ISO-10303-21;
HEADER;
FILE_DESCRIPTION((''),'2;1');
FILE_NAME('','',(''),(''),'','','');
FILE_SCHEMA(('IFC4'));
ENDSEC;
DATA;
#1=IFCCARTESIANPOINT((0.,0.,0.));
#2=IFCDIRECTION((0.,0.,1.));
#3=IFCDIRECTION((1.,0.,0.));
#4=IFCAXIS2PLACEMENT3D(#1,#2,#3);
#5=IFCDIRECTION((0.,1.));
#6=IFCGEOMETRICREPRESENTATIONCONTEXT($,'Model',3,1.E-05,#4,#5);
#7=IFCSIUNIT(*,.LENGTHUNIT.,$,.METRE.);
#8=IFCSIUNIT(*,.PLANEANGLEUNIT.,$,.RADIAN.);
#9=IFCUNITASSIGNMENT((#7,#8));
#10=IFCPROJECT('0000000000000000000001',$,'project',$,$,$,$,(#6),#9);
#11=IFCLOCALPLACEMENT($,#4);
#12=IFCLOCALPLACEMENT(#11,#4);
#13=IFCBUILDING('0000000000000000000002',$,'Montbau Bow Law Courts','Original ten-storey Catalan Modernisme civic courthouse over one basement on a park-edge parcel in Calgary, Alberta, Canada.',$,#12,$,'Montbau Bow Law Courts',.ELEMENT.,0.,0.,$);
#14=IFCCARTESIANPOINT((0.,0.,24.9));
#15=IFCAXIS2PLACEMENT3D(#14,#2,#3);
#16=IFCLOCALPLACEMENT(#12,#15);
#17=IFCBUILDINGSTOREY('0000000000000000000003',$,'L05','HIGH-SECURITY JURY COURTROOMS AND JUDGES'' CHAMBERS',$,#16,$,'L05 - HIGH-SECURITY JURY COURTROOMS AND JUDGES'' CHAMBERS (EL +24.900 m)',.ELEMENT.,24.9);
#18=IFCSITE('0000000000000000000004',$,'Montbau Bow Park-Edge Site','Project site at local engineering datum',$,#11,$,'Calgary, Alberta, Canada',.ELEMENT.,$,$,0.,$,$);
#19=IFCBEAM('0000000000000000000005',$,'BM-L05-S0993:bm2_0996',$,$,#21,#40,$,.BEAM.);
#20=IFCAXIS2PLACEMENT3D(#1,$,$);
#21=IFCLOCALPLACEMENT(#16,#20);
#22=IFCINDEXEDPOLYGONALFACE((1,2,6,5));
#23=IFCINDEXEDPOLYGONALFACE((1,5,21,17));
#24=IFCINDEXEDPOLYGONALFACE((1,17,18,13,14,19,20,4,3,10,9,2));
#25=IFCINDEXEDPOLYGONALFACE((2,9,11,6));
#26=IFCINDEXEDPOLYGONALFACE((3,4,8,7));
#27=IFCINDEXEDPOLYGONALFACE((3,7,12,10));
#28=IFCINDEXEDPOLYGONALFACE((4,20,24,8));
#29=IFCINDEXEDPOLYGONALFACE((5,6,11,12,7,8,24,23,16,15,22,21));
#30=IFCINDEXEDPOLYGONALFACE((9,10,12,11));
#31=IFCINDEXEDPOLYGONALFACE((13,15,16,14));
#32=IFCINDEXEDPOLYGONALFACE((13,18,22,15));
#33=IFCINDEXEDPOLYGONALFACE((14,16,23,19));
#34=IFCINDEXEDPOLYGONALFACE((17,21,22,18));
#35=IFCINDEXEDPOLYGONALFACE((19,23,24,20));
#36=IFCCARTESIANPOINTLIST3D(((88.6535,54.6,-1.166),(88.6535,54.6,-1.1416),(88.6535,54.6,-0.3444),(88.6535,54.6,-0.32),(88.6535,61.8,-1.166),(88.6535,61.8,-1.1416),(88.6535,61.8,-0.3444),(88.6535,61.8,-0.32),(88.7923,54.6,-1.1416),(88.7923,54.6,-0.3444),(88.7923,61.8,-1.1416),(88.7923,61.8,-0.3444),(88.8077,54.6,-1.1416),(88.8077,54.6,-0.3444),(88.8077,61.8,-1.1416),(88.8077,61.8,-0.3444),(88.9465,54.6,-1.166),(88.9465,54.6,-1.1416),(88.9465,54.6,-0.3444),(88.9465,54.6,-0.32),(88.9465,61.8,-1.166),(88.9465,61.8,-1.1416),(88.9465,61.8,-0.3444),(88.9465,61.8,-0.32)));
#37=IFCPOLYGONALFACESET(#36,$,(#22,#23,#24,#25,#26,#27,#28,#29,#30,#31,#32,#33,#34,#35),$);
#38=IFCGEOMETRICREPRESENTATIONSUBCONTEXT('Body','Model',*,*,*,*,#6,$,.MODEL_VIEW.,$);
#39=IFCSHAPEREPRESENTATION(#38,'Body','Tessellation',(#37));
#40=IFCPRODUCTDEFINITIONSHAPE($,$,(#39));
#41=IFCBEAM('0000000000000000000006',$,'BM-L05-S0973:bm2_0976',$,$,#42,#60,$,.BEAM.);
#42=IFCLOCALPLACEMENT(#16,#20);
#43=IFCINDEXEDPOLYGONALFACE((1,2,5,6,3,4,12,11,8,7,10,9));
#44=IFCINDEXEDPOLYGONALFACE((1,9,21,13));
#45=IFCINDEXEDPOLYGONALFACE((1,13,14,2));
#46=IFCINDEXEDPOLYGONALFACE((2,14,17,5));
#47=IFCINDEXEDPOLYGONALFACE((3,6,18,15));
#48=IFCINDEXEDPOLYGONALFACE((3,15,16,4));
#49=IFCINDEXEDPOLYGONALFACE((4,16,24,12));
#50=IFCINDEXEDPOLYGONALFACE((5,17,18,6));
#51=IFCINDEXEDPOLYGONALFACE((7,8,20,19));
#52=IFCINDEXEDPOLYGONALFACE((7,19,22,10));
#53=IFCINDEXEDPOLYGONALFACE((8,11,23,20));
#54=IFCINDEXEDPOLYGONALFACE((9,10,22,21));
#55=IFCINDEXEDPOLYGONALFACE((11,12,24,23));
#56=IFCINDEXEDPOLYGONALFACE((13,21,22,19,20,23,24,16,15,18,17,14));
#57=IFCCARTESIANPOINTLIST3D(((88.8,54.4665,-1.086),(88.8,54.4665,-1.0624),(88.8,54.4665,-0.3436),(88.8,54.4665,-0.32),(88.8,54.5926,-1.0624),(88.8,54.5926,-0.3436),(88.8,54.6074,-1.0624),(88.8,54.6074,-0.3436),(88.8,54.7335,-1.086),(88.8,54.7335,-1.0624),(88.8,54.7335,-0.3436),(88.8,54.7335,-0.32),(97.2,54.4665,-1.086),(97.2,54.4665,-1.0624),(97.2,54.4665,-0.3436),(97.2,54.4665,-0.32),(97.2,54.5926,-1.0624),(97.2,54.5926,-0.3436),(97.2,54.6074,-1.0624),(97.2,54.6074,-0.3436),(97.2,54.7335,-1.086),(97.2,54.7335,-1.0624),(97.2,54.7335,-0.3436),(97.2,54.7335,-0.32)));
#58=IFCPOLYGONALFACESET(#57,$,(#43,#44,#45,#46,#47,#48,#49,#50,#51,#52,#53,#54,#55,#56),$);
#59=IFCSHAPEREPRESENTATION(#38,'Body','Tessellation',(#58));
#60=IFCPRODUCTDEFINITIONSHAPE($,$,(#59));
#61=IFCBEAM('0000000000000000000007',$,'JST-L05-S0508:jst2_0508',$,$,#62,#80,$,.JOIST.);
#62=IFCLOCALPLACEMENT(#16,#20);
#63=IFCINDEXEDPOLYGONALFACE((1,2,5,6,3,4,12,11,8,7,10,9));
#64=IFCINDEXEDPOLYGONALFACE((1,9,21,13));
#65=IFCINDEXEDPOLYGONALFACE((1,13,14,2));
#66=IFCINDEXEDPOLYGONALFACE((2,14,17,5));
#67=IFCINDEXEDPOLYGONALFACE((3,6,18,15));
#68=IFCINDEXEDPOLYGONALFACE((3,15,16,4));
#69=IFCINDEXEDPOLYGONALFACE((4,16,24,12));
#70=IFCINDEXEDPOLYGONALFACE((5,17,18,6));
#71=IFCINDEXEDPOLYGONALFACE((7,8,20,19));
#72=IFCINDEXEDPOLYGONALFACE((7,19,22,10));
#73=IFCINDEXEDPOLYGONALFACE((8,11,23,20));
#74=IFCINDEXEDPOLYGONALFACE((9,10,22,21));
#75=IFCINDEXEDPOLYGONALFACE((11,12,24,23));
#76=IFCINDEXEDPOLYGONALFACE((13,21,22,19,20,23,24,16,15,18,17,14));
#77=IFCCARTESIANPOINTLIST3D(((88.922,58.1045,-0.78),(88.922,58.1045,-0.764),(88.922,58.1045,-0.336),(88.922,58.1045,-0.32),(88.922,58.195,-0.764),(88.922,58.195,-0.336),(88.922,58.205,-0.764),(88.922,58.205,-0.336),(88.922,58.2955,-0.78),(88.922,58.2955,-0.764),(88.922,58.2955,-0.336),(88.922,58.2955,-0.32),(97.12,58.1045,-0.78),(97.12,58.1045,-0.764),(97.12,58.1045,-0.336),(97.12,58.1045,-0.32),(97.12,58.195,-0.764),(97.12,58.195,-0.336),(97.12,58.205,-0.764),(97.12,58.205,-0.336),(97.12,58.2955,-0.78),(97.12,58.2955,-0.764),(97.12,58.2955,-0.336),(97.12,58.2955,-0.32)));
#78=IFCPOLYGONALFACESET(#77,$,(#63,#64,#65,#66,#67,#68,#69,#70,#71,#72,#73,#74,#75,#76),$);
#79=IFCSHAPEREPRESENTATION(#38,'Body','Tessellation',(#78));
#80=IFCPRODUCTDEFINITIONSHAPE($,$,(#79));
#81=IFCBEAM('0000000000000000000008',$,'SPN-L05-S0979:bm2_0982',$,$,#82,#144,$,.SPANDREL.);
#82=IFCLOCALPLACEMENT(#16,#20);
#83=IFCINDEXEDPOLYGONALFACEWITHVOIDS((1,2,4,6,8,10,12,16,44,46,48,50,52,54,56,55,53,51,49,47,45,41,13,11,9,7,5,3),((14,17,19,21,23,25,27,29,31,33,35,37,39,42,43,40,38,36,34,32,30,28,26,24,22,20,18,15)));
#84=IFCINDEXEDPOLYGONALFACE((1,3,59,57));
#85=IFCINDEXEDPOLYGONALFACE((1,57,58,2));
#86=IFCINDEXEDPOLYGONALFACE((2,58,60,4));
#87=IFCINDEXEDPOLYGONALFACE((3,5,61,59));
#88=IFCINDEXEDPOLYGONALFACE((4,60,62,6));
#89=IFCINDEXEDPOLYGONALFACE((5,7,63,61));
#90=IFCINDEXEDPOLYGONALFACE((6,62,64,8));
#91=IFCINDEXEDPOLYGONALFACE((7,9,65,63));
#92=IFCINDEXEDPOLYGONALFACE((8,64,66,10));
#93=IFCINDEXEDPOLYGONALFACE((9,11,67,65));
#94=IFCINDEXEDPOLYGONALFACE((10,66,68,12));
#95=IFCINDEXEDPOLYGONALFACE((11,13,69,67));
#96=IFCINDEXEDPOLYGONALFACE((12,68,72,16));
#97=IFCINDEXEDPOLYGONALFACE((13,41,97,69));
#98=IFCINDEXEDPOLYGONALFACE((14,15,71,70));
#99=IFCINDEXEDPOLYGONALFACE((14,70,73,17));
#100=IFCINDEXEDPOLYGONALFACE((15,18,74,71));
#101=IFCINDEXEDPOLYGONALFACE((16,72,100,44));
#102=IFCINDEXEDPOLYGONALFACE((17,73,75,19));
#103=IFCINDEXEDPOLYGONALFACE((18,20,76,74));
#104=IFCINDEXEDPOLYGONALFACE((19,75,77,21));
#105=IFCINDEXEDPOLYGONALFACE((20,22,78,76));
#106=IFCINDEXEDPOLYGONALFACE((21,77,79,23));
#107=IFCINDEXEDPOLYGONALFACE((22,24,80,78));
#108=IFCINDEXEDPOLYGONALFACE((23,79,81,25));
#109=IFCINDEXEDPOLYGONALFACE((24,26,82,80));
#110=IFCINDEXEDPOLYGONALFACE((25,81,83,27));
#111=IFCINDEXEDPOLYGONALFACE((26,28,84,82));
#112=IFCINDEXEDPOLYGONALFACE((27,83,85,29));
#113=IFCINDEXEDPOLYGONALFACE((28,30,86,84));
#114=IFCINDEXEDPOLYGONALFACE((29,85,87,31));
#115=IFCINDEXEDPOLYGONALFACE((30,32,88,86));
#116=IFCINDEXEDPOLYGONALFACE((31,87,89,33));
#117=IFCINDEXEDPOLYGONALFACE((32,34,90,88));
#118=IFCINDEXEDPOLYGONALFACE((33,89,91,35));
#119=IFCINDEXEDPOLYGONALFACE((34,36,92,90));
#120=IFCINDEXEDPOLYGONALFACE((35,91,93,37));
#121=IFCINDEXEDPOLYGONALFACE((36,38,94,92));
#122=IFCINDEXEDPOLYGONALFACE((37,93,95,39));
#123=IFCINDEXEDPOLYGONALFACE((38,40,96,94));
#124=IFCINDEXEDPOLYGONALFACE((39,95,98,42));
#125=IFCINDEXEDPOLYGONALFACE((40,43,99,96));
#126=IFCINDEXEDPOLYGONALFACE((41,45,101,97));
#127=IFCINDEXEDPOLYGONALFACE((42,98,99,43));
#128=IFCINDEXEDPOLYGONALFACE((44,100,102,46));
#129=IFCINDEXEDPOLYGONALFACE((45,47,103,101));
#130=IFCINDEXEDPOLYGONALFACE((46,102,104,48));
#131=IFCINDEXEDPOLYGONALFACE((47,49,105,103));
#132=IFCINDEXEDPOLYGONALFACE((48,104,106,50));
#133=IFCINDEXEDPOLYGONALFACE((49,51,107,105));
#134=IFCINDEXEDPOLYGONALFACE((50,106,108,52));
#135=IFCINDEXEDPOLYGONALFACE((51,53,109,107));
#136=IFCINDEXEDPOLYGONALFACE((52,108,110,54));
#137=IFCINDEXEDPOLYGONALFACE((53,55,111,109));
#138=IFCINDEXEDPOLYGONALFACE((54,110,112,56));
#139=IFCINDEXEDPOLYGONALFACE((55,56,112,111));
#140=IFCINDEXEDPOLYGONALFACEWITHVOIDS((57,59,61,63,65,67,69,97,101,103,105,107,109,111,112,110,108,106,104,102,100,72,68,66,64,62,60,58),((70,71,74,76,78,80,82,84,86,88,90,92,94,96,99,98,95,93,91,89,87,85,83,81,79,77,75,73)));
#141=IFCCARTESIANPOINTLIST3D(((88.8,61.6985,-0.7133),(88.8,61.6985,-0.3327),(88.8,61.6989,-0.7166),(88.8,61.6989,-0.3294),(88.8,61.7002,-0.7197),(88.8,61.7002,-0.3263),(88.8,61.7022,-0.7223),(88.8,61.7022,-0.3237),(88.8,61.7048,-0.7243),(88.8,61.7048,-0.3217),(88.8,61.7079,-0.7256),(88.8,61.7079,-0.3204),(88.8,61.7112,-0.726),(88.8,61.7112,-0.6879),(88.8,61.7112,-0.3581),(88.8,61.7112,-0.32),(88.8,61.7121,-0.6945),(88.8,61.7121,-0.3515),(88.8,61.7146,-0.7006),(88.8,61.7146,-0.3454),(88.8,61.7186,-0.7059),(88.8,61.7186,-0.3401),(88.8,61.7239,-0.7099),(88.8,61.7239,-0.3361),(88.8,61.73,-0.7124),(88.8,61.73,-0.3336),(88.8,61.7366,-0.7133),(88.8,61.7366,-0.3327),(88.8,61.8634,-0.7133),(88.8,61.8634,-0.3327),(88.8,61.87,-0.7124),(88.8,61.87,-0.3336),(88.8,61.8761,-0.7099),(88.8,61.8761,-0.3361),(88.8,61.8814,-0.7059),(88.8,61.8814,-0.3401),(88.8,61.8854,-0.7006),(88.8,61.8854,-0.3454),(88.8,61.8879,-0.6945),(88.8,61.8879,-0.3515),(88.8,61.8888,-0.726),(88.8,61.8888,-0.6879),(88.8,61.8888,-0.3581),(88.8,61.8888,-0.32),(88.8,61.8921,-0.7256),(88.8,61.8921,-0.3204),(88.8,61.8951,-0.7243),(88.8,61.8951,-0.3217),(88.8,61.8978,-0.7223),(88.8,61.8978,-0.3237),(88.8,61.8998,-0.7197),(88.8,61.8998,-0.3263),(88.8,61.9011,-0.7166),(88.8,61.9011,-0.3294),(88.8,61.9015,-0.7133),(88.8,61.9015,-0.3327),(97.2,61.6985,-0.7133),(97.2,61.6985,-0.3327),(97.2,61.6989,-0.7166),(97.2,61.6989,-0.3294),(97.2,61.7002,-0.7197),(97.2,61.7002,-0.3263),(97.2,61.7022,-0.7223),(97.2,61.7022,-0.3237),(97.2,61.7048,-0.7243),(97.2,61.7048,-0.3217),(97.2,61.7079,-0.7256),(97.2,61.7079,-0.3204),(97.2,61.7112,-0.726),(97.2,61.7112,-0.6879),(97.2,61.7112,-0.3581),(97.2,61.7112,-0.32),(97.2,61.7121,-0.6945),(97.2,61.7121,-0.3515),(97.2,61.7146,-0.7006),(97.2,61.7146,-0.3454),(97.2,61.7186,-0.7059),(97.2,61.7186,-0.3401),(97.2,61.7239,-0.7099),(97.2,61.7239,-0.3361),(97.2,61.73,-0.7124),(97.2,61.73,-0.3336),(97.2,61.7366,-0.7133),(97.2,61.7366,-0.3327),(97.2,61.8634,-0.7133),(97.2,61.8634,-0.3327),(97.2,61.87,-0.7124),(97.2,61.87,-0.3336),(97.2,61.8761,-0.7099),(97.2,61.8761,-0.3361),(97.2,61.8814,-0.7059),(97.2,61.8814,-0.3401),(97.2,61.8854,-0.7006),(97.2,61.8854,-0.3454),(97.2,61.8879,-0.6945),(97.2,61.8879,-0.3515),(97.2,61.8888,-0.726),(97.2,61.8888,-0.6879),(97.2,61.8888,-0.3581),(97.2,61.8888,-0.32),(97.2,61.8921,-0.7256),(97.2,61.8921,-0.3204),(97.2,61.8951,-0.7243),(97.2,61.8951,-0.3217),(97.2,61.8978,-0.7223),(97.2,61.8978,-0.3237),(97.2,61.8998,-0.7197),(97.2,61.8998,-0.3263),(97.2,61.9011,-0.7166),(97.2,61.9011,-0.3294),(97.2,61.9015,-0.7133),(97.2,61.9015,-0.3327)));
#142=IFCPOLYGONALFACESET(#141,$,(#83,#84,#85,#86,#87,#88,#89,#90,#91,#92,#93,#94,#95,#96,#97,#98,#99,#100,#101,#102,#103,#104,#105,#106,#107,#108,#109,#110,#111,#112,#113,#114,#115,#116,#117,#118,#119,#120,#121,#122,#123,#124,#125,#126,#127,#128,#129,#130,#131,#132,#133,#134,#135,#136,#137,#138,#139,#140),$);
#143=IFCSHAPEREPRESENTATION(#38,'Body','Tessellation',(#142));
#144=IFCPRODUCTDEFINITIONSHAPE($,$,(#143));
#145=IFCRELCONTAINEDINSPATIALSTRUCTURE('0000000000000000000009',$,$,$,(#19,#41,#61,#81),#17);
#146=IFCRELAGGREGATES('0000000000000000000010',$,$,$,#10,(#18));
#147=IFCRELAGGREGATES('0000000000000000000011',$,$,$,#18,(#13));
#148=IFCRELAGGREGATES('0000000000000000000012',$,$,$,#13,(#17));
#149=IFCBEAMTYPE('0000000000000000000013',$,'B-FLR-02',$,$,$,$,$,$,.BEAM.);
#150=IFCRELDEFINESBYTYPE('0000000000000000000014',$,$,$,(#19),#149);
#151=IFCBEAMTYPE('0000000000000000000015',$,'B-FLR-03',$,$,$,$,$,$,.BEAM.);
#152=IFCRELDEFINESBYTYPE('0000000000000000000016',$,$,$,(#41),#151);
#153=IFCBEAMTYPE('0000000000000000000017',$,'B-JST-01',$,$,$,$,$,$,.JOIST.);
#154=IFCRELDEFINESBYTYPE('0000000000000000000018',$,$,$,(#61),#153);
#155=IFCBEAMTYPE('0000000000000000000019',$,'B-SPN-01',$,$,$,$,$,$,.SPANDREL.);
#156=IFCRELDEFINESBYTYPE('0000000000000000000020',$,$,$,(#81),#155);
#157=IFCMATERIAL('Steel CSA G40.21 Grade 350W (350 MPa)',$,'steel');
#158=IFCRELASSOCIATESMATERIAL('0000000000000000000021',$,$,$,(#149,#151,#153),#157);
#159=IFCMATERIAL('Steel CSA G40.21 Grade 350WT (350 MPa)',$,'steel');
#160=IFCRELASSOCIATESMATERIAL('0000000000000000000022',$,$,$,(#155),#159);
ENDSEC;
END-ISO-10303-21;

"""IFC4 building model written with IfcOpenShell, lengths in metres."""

from ifc_helpers import new_model, si_unit, direction, frame, origin_with_axes, origin_2d_with_axis, place, context, subcontext, project, spatial, hollow_rectangle, i_section, extrude, material, material_profile, profile_set, type_object, element, save


model = new_model("IFC4")

# Units and contexts
model_context = context("Model", 3, precision=1e-05, world=origin_with_axes(), true_north=direction((0.0, 1.0)))
body_context = subcontext(model_context, "Body", "Model", "MODEL_VIEW")
ifc_project = project(units=[si_unit("LENGTHUNIT", "METRE"), si_unit("PLANEANGLEUNIT", "RADIAN")], contexts=[model_context])

# Site, building, storey
site_placement = place(None, origin_with_axes())
site = spatial("IfcSite", under=ifc_project, at=site_placement, Name="Montbau Bow Park-Edge Site", Description="Project site at local engineering datum", LongName="Calgary, Alberta, Canada", CompositionType="ELEMENT", RefElevation=0.0)
building_placement = place(site_placement, origin_with_axes())
building = spatial("IfcBuilding", under=site, at=building_placement, Name="Montbau Bow Law Courts", Description="Original ten-storey Catalan Modernisme civic courthouse over one basement on a park-edge parcel in Calgary, Alberta, Canada.", LongName="Montbau Bow Law Courts", CompositionType="ELEMENT", ElevationOfRefHeight=0.0, ElevationOfTerrain=0.0)
storey_placement = place(building_placement, frame((0.0, 0.0, 24.9), z_axis=(0.0, 0.0, 1.0), x_axis=(1.0, 0.0, 0.0)))
storey = spatial("IfcBuildingStorey", under=building, at=storey_placement, Name="L05", Description="HIGH-SECURITY JURY COURTROOMS AND JUDGES' CHAMBERS", LongName="L05 - HIGH-SECURITY JURY COURTROOMS AND JUDGES' CHAMBERS (EL +24.900 m)", CompositionType="ELEMENT", Elevation=24.9)

# Shared definitions
ifc_material_1 = material(Name="Steel CSA G40.21 Grade 350W (350 MPa)", Category="steel")
ifc_material_2 = material(Name="Steel CSA G40.21 Grade 350WT (350 MPa)", Category="steel")

# Beams
ifc_material_profile_1 = material_profile(ifc_material_1, i_section(OverallWidth=0.293, OverallDepth=0.846, WebThickness=0.0154, FlangeThickness=0.0244, at=origin_2d_with_axis()), Name="W840X210", Category="Main", Priority=0)
ifc_profile_set_1 = profile_set([ifc_material_profile_1], Name="Steel CSA G40.21 Grade 350W (350 MPa)")
beam_type_1 = type_object("IfcBeamType", Name="B-FLR-02", PredefinedType="BEAM", material=ifc_profile_set_1)
beam_1_placement = place(None, frame((88.8, 54.6, 24.157), z_axis=(0.0, 1.0, 0.0), x_axis=(-1.0, 0.0, 0.0)))
element("IfcBeam", 1, at=beam_1_placement, inside=storey, type_object=beam_type_1, Name="BM-L05-S0993:bm2_0996", PredefinedType="BEAM", context=body_context, shape_type="SweptSolid", body=[
    extrude(i_section(OverallWidth=0.293, OverallDepth=0.846, WebThickness=0.0154, FlangeThickness=0.0244, at=origin_2d_with_axis()), origin_with_axes(), (0.0, 0.0, 1.0), 7.2),
])
ifc_material_profile_2 = material_profile(ifc_material_1, i_section(OverallWidth=0.267, OverallDepth=0.766, WebThickness=0.0149, FlangeThickness=0.0236, at=origin_2d_with_axis()), Name="W760X185", Category="Main", Priority=0)
ifc_profile_set_2 = profile_set([ifc_material_profile_2], Name="Steel CSA G40.21 Grade 350W (350 MPa)")
beam_type_2 = type_object("IfcBeamType", Name="B-FLR-03", PredefinedType="BEAM", material=ifc_profile_set_2)
beam_2_placement = place(None, frame((88.8, 54.6, 24.197), z_axis=(1.0, 0.0, 0.0), x_axis=(0.0, 1.0, 0.0)))
element("IfcBeam", 2, at=beam_2_placement, inside=storey, type_object=beam_type_2, Name="BM-L05-S0973:bm2_0976", PredefinedType="BEAM", context=body_context, shape_type="SweptSolid", body=[
    extrude(i_section(OverallWidth=0.267, OverallDepth=0.766, WebThickness=0.0149, FlangeThickness=0.0236, at=origin_2d_with_axis()), origin_with_axes(), (0.0, 0.0, 1.0), 8.4),
])
ifc_material_profile_3 = material_profile(ifc_material_1, i_section(OverallWidth=0.191, OverallDepth=0.46, WebThickness=0.0099, FlangeThickness=0.016, at=origin_2d_with_axis()), Name="W460X82", Category="Main", Priority=0)
ifc_profile_set_3 = profile_set([ifc_material_profile_3], Name="Steel CSA G40.21 Grade 350W (350 MPa)")
beam_type_3 = type_object("IfcBeamType", Name="B-JST-01", PredefinedType="JOIST", material=ifc_profile_set_3)
beam_3_placement = place(None, frame((88.922, 58.2, 24.35), z_axis=(1.0, 0.0, 0.0), x_axis=(0.0, 1.0, 0.0)))
element("IfcBeam", 3, at=beam_3_placement, inside=storey, type_object=beam_type_3, Name="JST-L05-S0508:jst2_0508", PredefinedType="JOIST", context=body_context, shape_type="SweptSolid", body=[
    extrude(i_section(OverallWidth=0.191, OverallDepth=0.46, WebThickness=0.0099, FlangeThickness=0.016, at=origin_2d_with_axis()), origin_with_axes(), (0.0, 0.0, 1.0), 8.198),
])
ifc_material_profile_4 = material_profile(ifc_material_2, hollow_rectangle(XDim=0.203, YDim=0.406, WallThickness=0.0127, InnerFilletRadius=0.0254, OuterFilletRadius=0.0127, at=origin_2d_with_axis()), Name="HSS406X203X13", Category="Main", Priority=0)
ifc_profile_set_4 = profile_set([ifc_material_profile_4], Name="Steel CSA G40.21 Grade 350WT (350 MPa)")
beam_type_4 = type_object("IfcBeamType", Name="B-SPN-01", PredefinedType="SPANDREL", material=ifc_profile_set_4)
beam_4_placement = place(None, frame((88.8, 61.8, 24.377), z_axis=(1.0, 0.0, 0.0), x_axis=(0.0, 1.0, 0.0)))
element("IfcBeam", 4, at=beam_4_placement, inside=storey, type_object=beam_type_4, Name="SPN-L05-S0979:bm2_0982", PredefinedType="SPANDREL", context=body_context, shape_type="SweptSolid", body=[
    extrude(hollow_rectangle(XDim=0.203, YDim=0.406, WallThickness=0.0127, InnerFilletRadius=0.0254, OuterFilletRadius=0.0127, at=origin_2d_with_axis()), origin_with_axes(), (0.0, 0.0, 1.0), 8.4),
])

save(model, "model.ifc")
